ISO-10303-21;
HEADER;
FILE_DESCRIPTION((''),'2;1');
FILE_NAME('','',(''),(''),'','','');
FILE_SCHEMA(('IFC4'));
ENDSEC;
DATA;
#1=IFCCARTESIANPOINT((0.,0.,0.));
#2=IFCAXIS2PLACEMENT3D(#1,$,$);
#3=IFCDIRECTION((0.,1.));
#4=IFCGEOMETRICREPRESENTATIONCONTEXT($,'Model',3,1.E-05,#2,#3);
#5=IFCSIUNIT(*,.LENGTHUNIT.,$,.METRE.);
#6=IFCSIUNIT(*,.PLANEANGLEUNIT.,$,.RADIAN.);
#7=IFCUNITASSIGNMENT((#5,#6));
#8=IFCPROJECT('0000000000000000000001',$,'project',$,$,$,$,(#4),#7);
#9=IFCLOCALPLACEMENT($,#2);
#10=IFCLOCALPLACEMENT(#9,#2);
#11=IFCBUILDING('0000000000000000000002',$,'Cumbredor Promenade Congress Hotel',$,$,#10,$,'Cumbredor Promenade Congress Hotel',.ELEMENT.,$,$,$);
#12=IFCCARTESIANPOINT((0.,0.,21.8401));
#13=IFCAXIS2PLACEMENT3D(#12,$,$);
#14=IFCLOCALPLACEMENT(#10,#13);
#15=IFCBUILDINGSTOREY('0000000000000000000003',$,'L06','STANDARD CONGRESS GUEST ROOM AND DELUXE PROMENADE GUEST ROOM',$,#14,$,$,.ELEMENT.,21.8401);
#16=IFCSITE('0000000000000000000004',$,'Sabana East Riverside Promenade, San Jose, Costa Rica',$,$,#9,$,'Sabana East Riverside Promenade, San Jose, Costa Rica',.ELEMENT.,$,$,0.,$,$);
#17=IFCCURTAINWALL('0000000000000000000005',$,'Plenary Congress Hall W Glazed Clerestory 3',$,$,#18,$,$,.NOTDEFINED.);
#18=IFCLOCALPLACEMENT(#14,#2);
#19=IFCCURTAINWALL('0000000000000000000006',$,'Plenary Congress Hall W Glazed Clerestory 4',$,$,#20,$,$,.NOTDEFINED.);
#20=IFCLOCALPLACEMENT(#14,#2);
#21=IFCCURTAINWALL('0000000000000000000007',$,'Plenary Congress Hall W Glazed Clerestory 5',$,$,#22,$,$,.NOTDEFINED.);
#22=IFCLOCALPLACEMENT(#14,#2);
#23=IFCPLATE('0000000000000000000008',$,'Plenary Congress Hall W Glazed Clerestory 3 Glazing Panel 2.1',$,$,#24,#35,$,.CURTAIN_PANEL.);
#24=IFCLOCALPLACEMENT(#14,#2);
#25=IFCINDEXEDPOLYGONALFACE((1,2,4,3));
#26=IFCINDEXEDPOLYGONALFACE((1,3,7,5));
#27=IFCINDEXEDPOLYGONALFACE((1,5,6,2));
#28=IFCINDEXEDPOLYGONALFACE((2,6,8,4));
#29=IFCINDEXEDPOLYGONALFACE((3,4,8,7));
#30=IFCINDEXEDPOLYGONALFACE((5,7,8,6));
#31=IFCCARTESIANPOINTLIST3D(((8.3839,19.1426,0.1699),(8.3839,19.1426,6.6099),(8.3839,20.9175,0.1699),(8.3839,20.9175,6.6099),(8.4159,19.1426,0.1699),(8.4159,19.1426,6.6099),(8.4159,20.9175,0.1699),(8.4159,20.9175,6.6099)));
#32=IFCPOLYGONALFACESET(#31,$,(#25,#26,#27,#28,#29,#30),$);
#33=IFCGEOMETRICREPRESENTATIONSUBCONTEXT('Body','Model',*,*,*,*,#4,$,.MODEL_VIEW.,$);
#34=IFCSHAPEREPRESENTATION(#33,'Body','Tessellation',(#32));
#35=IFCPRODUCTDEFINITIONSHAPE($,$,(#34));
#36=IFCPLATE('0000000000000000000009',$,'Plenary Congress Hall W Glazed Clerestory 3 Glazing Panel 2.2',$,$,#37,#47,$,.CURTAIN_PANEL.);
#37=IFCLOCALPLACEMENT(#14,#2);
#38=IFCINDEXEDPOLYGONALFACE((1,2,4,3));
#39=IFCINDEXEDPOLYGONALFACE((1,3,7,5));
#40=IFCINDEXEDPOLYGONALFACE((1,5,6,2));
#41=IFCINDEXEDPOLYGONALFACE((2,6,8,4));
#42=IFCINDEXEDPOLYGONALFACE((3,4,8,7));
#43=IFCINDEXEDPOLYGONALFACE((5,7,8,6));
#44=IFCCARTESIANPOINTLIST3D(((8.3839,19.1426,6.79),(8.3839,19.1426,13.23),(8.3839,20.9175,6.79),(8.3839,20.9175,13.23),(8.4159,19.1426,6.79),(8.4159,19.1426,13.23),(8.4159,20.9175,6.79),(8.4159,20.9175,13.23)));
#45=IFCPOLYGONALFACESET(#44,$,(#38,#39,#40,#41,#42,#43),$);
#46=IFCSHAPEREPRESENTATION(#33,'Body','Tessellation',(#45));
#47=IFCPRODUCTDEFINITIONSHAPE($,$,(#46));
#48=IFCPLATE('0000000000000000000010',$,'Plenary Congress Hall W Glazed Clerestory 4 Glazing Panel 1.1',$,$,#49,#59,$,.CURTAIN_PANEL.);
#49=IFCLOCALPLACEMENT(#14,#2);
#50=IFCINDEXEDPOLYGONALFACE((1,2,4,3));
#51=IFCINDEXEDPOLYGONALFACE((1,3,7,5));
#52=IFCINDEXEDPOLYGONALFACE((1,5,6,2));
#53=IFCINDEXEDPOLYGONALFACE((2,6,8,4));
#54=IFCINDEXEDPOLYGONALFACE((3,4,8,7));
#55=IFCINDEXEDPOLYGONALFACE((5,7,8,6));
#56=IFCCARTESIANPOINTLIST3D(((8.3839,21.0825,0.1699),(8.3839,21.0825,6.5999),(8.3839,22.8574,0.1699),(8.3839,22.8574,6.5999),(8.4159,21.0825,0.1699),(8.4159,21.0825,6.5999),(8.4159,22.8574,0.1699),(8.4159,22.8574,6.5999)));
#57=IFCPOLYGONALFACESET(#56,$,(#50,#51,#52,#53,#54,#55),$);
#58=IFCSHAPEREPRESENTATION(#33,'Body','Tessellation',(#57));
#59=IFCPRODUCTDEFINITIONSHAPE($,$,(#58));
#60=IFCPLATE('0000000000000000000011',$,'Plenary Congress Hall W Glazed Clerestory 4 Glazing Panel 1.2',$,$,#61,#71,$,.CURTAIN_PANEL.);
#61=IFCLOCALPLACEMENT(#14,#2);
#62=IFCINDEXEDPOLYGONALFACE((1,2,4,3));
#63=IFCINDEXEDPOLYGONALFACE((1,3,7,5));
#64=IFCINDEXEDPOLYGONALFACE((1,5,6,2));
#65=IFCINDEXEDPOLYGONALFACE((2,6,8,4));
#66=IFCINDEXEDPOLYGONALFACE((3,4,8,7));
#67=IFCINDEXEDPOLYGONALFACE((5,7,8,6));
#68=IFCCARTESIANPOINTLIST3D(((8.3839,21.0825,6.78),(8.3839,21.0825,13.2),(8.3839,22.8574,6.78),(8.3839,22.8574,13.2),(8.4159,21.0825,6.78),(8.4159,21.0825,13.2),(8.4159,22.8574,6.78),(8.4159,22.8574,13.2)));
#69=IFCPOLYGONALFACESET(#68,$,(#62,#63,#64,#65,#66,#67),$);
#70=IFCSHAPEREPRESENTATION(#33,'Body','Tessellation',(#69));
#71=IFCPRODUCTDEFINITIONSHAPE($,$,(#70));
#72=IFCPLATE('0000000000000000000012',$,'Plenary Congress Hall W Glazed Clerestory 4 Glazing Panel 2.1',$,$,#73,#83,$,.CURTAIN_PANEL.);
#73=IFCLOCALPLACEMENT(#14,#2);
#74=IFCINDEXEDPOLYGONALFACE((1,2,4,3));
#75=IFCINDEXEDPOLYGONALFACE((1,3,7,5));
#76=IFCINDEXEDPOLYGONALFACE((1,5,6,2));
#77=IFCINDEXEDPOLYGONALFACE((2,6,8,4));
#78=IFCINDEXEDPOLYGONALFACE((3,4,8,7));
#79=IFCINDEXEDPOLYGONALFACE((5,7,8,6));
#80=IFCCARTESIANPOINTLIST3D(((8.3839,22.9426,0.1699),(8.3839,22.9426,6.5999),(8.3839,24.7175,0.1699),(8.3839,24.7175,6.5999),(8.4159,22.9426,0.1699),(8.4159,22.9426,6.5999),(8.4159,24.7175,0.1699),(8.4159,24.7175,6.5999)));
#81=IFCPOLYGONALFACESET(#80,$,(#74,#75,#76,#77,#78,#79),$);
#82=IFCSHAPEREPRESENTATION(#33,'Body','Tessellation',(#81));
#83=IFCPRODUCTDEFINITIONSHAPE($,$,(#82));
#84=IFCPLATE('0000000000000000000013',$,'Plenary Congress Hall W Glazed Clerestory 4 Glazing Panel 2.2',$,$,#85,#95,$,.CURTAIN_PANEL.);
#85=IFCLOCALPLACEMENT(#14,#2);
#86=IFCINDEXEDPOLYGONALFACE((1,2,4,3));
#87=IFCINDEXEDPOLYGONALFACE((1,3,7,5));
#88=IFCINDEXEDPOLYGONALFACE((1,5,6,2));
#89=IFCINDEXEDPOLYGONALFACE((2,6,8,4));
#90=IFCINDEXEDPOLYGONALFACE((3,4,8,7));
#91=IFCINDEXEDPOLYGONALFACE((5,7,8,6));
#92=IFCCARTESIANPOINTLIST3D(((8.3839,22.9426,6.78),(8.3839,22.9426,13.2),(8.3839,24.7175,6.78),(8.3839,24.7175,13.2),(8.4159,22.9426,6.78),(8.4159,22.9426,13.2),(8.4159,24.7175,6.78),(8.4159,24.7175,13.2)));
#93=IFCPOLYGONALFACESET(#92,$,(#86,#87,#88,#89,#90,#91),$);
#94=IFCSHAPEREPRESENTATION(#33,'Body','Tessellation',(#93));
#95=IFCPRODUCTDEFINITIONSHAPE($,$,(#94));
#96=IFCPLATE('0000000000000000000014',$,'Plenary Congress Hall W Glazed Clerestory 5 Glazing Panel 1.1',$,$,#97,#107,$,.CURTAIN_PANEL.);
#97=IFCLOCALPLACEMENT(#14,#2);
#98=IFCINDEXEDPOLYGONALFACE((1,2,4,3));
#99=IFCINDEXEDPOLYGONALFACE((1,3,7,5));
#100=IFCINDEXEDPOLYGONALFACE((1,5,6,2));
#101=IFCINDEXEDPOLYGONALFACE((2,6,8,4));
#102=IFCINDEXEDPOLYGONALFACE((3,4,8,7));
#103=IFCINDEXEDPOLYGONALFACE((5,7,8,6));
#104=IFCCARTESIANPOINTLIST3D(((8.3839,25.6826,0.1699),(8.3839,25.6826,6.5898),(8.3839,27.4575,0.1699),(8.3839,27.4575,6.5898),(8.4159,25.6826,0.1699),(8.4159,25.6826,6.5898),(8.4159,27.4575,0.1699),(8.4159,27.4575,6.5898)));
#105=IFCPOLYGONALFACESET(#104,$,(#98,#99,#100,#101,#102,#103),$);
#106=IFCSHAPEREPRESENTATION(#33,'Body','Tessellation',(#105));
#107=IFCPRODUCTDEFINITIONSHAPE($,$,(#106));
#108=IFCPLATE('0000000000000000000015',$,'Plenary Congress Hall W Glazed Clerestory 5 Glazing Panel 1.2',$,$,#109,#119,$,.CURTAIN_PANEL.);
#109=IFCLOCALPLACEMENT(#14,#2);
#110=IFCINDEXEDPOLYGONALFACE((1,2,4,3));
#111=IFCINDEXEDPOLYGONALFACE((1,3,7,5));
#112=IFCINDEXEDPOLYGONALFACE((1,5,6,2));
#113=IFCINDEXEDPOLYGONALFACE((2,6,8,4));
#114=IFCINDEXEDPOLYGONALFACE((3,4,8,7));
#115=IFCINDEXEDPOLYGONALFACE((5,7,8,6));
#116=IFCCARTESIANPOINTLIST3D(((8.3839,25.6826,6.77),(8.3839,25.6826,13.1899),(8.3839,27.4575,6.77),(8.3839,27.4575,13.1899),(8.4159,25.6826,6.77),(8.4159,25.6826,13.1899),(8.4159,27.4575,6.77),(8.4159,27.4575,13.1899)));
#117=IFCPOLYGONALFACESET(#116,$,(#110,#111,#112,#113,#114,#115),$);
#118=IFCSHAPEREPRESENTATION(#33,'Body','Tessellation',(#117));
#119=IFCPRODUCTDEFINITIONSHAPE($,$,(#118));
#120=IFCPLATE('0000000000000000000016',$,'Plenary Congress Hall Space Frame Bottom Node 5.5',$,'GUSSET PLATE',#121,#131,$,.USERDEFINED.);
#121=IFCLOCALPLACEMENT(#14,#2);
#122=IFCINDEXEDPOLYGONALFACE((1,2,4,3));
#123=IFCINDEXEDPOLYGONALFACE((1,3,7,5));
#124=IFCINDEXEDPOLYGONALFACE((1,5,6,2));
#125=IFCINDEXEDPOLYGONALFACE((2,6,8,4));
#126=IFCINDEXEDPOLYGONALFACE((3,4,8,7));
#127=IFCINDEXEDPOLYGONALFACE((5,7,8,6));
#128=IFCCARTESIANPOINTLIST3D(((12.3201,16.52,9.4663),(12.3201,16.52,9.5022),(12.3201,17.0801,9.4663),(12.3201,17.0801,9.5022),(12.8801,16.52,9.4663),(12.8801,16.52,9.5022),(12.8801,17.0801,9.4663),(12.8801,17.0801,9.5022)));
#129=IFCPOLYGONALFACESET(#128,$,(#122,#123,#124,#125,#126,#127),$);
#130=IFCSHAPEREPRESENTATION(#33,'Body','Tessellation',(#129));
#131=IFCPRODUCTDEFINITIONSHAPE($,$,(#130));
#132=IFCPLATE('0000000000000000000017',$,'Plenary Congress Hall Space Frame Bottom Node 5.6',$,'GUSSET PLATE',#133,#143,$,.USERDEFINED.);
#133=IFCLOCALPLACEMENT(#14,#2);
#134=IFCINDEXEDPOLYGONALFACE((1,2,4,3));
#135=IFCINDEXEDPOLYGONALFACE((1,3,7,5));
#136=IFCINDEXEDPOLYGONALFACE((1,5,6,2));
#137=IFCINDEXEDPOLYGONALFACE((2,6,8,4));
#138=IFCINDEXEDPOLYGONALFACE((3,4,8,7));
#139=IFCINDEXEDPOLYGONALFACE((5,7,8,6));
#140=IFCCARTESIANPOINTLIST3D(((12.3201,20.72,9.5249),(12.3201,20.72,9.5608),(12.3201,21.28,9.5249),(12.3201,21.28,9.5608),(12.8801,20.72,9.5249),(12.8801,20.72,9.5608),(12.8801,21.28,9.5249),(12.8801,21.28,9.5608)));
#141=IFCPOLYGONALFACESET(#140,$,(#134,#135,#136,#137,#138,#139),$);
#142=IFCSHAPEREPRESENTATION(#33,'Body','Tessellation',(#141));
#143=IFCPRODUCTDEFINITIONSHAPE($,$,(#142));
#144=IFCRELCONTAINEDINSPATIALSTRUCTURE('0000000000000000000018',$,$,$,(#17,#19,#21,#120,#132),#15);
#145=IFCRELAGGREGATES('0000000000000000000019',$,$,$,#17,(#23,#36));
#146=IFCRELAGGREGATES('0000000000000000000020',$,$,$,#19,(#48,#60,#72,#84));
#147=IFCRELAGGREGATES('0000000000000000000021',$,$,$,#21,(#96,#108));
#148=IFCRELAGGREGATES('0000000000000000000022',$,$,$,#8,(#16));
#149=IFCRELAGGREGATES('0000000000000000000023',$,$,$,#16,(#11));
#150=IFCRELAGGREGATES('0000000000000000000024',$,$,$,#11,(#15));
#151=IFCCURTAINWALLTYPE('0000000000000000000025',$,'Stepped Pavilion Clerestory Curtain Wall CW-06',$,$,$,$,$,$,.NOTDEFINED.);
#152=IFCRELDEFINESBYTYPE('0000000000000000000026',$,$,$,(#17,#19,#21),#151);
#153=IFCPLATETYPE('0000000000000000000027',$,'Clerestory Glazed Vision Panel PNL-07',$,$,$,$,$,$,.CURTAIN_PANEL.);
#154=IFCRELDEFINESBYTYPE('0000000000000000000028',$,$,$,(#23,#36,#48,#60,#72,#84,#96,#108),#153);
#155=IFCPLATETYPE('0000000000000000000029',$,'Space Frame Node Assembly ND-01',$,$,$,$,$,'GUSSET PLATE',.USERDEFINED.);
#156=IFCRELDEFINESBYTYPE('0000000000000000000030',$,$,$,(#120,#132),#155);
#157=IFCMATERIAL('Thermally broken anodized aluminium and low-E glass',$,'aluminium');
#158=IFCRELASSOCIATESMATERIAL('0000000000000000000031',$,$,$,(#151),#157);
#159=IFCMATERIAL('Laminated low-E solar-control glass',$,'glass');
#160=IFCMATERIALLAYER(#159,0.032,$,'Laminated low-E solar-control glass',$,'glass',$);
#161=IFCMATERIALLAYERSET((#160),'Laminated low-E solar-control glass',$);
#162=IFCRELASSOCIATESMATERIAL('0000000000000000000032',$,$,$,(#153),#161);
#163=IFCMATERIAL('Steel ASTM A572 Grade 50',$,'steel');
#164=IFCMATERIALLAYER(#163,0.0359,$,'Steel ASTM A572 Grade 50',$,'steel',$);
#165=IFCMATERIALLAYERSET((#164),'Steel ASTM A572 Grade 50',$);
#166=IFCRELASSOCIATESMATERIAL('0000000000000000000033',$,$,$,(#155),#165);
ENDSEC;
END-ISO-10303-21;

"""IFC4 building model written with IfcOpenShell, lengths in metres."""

from ifc_helpers import new_model, si_unit, direction, frame, origin, origin_2d, place, context, subcontext, project, spatial, rectangle, extrude, material, layer, layer_set, type_object, element, aggregate, save


model = new_model("IFC4")

# Units and contexts
model_context = context("Model", 3, precision=1e-05, world=origin(), true_north=direction((0.0, 1.0)))
body_context = subcontext(model_context, "Body", "Model", "MODEL_VIEW")
ifc_project = project(units=[si_unit("LENGTHUNIT", "METRE"), si_unit("PLANEANGLEUNIT", "RADIAN")], contexts=[model_context])

# Site, building, storey
site_placement = place(None, origin())
site = spatial("IfcSite", under=ifc_project, at=site_placement, Name="Sabana East Riverside Promenade, San Jose, Costa Rica", LongName="Sabana East Riverside Promenade, San Jose, Costa Rica", CompositionType="ELEMENT", RefElevation=0.0)
building_placement = place(site_placement, origin())
building = spatial("IfcBuilding", under=site, at=building_placement, Name="Cumbredor Promenade Congress Hotel", LongName="Cumbredor Promenade Congress Hotel", CompositionType="ELEMENT")
storey_placement = place(building_placement, frame((0.0, 0.0, 21.8401)))
storey = spatial("IfcBuildingStorey", under=building, at=storey_placement, Name="L06", Description="STANDARD CONGRESS GUEST ROOM AND DELUXE PROMENADE GUEST ROOM", CompositionType="ELEMENT", Elevation=21.8401)

# Curtain walls
ifc_material_1 = material(Name="Thermally broken anodized aluminium and low-E glass", Category="aluminium")
curtain_wall_type = type_object("IfcCurtainWallType", Name="Stepped Pavilion Clerestory Curtain Wall CW-06", PredefinedType="NOTDEFINED", material=ifc_material_1)
curtain_wall_1_placement = place(storey_placement, origin())
curtain_wall_1 = element("IfcCurtainWall", 1, at=curtain_wall_1_placement, inside=storey, type_object=curtain_wall_type, Name="Plenary Congress Hall W Glazed Clerestory 3", PredefinedType="NOTDEFINED")
curtain_wall_2_placement = place(storey_placement, origin())
curtain_wall_2 = element("IfcCurtainWall", 2, at=curtain_wall_2_placement, inside=storey, type_object=curtain_wall_type, Name="Plenary Congress Hall W Glazed Clerestory 4", PredefinedType="NOTDEFINED")
curtain_wall_3_placement = place(storey_placement, origin())
curtain_wall_3 = element("IfcCurtainWall", 3, at=curtain_wall_3_placement, inside=storey, type_object=curtain_wall_type, Name="Plenary Congress Hall W Glazed Clerestory 5", PredefinedType="NOTDEFINED")

# Plates
ifc_material_2 = material(Name="Laminated low-E solar-control glass", Category="glass")
ifc_layer_1 = layer(ifc_material_2, 0.032, Name="Laminated low-E solar-control glass", Category="glass")
ifc_layer_set_1 = layer_set([ifc_layer_1], Name="Laminated low-E solar-control glass")
plate_type_1 = type_object("IfcPlateType", Name="Clerestory Glazed Vision Panel PNL-07", PredefinedType="CURTAIN_PANEL", material=ifc_layer_set_1)
plate_1_placement = place(storey_placement, frame((8.3999, 20.03, 0.1699), z_axis=(0.0, 0.0, 1.0), x_axis=(0.0, 1.0, 0.0)))
plate_1 = element("IfcPlate", 4, at=plate_1_placement, type_object=plate_type_1, Name="Plenary Congress Hall W Glazed Clerestory 3 Glazing Panel 2.1", PredefinedType="CURTAIN_PANEL", context=body_context, shape_type="SweptSolid", body=[
    extrude(rectangle(XDim=1.7749, YDim=0.032, at=origin_2d()), origin(), (0.0, 0.0, 1.0), 6.4399),
])
plate_2_placement = place(storey_placement, frame((8.3999, 20.03, 6.79), z_axis=(0.0, 0.0, 1.0), x_axis=(0.0, 1.0, 0.0)))
plate_2 = element("IfcPlate", 5, at=plate_2_placement, type_object=plate_type_1, Name="Plenary Congress Hall W Glazed Clerestory 3 Glazing Panel 2.2", PredefinedType="CURTAIN_PANEL", context=body_context, shape_type="SweptSolid", body=[
    extrude(rectangle(XDim=1.7749, YDim=0.032, at=origin_2d()), origin(), (0.0, 0.0, 1.0), 6.4399),
])
aggregate(curtain_wall_1, [plate_1, plate_2])
plate_3_placement = place(storey_placement, frame((8.3999, 21.97, 0.1699), z_axis=(0.0, 0.0, 1.0), x_axis=(0.0, 1.0, 0.0)))
plate_3 = element("IfcPlate", 6, at=plate_3_placement, type_object=plate_type_1, Name="Plenary Congress Hall W Glazed Clerestory 4 Glazing Panel 1.1", PredefinedType="CURTAIN_PANEL", context=body_context, shape_type="SweptSolid", body=[
    extrude(rectangle(XDim=1.7749, YDim=0.032, at=origin_2d()), origin(), (0.0, 0.0, 1.0), 6.4299),
])
plate_4_placement = place(storey_placement, frame((8.3999, 21.97, 6.78), z_axis=(0.0, 0.0, 1.0), x_axis=(0.0, 1.0, 0.0)))
plate_4 = element("IfcPlate", 7, at=plate_4_placement, type_object=plate_type_1, Name="Plenary Congress Hall W Glazed Clerestory 4 Glazing Panel 1.2", PredefinedType="CURTAIN_PANEL", context=body_context, shape_type="SweptSolid", body=[
    extrude(rectangle(XDim=1.7749, YDim=0.032, at=origin_2d()), origin(), (0.0, 0.0, 1.0), 6.4199),
])
plate_5_placement = place(storey_placement, frame((8.3999, 23.8301, 0.1699), z_axis=(0.0, 0.0, 1.0), x_axis=(0.0, 1.0, 0.0)))
plate_5 = element("IfcPlate", 8, at=plate_5_placement, type_object=plate_type_1, Name="Plenary Congress Hall W Glazed Clerestory 4 Glazing Panel 2.1", PredefinedType="CURTAIN_PANEL", context=body_context, shape_type="SweptSolid", body=[
    extrude(rectangle(XDim=1.7749, YDim=0.032, at=origin_2d()), origin(), (0.0, 0.0, 1.0), 6.4299),
])
plate_6_placement = place(storey_placement, frame((8.3999, 23.8301, 6.78), z_axis=(0.0, 0.0, 1.0), x_axis=(0.0, 1.0, 0.0)))
plate_6 = element("IfcPlate", 9, at=plate_6_placement, type_object=plate_type_1, Name="Plenary Congress Hall W Glazed Clerestory 4 Glazing Panel 2.2", PredefinedType="CURTAIN_PANEL", context=body_context, shape_type="SweptSolid", body=[
    extrude(rectangle(XDim=1.7749, YDim=0.032, at=origin_2d()), origin(), (0.0, 0.0, 1.0), 6.4199),
])
aggregate(curtain_wall_2, [plate_3, plate_4, plate_5, plate_6])
plate_7_placement = place(storey_placement, frame((8.3999, 26.5701, 0.1699), z_axis=(0.0, 0.0, 1.0), x_axis=(0.0, 1.0, 0.0)))
plate_7 = element("IfcPlate", 10, at=plate_7_placement, type_object=plate_type_1, Name="Plenary Congress Hall W Glazed Clerestory 5 Glazing Panel 1.1", PredefinedType="CURTAIN_PANEL", context=body_context, shape_type="SweptSolid", body=[
    extrude(rectangle(XDim=1.7749, YDim=0.032, at=origin_2d()), origin(), (0.0, 0.0, 1.0), 6.4199),
])
plate_8_placement = place(storey_placement, frame((8.3999, 26.5701, 6.77), z_axis=(0.0, 0.0, 1.0), x_axis=(0.0, 1.0, 0.0)))
plate_8 = element("IfcPlate", 11, at=plate_8_placement, type_object=plate_type_1, Name="Plenary Congress Hall W Glazed Clerestory 5 Glazing Panel 1.2", PredefinedType="CURTAIN_PANEL", context=body_context, shape_type="SweptSolid", body=[
    extrude(rectangle(XDim=1.7749, YDim=0.032, at=origin_2d()), origin(), (0.0, 0.0, 1.0), 6.4199),
])
aggregate(curtain_wall_3, [plate_7, plate_8])

# Plates
ifc_material_3 = material(Name="Steel ASTM A572 Grade 50", Category="steel")
ifc_layer_2 = layer(ifc_material_3, 0.0359, Name="Steel ASTM A572 Grade 50", Category="steel")
ifc_layer_set_2 = layer_set([ifc_layer_2], Name="Steel ASTM A572 Grade 50")
plate_type_2 = type_object("IfcPlateType", Name="Space Frame Node Assembly ND-01", ElementType="GUSSET PLATE", PredefinedType="USERDEFINED", material=ifc_layer_set_2)
for number, where, z_axis, x_axis, name in (
    (12, (12.6001, 16.8, 9.4663), (0.0, 0.0, 1.0), (1.0, 0.0, 0.0), "Plenary Congress Hall Space Frame Bottom Node 5.5"),
    (13, (12.6001, 21.0, 9.5249), (0.0, 0.0, 1.0), (1.0, 0.0, 0.0), "Plenary Congress Hall Space Frame Bottom Node 5.6"),
):
    element("IfcPlate", number, at=place(storey_placement, frame(where, z_axis=z_axis, x_axis=x_axis)), inside=storey, type_object=plate_type_2, Name=name, ObjectType="GUSSET PLATE", PredefinedType="USERDEFINED", context=body_context, shape_type="SweptSolid", body=[
        extrude(rectangle(XDim=0.5601, YDim=0.5601, at=origin_2d()), origin(), (0.0, 0.0, 1.0), 0.0359),
    ])

save(model, "model.ifc")
